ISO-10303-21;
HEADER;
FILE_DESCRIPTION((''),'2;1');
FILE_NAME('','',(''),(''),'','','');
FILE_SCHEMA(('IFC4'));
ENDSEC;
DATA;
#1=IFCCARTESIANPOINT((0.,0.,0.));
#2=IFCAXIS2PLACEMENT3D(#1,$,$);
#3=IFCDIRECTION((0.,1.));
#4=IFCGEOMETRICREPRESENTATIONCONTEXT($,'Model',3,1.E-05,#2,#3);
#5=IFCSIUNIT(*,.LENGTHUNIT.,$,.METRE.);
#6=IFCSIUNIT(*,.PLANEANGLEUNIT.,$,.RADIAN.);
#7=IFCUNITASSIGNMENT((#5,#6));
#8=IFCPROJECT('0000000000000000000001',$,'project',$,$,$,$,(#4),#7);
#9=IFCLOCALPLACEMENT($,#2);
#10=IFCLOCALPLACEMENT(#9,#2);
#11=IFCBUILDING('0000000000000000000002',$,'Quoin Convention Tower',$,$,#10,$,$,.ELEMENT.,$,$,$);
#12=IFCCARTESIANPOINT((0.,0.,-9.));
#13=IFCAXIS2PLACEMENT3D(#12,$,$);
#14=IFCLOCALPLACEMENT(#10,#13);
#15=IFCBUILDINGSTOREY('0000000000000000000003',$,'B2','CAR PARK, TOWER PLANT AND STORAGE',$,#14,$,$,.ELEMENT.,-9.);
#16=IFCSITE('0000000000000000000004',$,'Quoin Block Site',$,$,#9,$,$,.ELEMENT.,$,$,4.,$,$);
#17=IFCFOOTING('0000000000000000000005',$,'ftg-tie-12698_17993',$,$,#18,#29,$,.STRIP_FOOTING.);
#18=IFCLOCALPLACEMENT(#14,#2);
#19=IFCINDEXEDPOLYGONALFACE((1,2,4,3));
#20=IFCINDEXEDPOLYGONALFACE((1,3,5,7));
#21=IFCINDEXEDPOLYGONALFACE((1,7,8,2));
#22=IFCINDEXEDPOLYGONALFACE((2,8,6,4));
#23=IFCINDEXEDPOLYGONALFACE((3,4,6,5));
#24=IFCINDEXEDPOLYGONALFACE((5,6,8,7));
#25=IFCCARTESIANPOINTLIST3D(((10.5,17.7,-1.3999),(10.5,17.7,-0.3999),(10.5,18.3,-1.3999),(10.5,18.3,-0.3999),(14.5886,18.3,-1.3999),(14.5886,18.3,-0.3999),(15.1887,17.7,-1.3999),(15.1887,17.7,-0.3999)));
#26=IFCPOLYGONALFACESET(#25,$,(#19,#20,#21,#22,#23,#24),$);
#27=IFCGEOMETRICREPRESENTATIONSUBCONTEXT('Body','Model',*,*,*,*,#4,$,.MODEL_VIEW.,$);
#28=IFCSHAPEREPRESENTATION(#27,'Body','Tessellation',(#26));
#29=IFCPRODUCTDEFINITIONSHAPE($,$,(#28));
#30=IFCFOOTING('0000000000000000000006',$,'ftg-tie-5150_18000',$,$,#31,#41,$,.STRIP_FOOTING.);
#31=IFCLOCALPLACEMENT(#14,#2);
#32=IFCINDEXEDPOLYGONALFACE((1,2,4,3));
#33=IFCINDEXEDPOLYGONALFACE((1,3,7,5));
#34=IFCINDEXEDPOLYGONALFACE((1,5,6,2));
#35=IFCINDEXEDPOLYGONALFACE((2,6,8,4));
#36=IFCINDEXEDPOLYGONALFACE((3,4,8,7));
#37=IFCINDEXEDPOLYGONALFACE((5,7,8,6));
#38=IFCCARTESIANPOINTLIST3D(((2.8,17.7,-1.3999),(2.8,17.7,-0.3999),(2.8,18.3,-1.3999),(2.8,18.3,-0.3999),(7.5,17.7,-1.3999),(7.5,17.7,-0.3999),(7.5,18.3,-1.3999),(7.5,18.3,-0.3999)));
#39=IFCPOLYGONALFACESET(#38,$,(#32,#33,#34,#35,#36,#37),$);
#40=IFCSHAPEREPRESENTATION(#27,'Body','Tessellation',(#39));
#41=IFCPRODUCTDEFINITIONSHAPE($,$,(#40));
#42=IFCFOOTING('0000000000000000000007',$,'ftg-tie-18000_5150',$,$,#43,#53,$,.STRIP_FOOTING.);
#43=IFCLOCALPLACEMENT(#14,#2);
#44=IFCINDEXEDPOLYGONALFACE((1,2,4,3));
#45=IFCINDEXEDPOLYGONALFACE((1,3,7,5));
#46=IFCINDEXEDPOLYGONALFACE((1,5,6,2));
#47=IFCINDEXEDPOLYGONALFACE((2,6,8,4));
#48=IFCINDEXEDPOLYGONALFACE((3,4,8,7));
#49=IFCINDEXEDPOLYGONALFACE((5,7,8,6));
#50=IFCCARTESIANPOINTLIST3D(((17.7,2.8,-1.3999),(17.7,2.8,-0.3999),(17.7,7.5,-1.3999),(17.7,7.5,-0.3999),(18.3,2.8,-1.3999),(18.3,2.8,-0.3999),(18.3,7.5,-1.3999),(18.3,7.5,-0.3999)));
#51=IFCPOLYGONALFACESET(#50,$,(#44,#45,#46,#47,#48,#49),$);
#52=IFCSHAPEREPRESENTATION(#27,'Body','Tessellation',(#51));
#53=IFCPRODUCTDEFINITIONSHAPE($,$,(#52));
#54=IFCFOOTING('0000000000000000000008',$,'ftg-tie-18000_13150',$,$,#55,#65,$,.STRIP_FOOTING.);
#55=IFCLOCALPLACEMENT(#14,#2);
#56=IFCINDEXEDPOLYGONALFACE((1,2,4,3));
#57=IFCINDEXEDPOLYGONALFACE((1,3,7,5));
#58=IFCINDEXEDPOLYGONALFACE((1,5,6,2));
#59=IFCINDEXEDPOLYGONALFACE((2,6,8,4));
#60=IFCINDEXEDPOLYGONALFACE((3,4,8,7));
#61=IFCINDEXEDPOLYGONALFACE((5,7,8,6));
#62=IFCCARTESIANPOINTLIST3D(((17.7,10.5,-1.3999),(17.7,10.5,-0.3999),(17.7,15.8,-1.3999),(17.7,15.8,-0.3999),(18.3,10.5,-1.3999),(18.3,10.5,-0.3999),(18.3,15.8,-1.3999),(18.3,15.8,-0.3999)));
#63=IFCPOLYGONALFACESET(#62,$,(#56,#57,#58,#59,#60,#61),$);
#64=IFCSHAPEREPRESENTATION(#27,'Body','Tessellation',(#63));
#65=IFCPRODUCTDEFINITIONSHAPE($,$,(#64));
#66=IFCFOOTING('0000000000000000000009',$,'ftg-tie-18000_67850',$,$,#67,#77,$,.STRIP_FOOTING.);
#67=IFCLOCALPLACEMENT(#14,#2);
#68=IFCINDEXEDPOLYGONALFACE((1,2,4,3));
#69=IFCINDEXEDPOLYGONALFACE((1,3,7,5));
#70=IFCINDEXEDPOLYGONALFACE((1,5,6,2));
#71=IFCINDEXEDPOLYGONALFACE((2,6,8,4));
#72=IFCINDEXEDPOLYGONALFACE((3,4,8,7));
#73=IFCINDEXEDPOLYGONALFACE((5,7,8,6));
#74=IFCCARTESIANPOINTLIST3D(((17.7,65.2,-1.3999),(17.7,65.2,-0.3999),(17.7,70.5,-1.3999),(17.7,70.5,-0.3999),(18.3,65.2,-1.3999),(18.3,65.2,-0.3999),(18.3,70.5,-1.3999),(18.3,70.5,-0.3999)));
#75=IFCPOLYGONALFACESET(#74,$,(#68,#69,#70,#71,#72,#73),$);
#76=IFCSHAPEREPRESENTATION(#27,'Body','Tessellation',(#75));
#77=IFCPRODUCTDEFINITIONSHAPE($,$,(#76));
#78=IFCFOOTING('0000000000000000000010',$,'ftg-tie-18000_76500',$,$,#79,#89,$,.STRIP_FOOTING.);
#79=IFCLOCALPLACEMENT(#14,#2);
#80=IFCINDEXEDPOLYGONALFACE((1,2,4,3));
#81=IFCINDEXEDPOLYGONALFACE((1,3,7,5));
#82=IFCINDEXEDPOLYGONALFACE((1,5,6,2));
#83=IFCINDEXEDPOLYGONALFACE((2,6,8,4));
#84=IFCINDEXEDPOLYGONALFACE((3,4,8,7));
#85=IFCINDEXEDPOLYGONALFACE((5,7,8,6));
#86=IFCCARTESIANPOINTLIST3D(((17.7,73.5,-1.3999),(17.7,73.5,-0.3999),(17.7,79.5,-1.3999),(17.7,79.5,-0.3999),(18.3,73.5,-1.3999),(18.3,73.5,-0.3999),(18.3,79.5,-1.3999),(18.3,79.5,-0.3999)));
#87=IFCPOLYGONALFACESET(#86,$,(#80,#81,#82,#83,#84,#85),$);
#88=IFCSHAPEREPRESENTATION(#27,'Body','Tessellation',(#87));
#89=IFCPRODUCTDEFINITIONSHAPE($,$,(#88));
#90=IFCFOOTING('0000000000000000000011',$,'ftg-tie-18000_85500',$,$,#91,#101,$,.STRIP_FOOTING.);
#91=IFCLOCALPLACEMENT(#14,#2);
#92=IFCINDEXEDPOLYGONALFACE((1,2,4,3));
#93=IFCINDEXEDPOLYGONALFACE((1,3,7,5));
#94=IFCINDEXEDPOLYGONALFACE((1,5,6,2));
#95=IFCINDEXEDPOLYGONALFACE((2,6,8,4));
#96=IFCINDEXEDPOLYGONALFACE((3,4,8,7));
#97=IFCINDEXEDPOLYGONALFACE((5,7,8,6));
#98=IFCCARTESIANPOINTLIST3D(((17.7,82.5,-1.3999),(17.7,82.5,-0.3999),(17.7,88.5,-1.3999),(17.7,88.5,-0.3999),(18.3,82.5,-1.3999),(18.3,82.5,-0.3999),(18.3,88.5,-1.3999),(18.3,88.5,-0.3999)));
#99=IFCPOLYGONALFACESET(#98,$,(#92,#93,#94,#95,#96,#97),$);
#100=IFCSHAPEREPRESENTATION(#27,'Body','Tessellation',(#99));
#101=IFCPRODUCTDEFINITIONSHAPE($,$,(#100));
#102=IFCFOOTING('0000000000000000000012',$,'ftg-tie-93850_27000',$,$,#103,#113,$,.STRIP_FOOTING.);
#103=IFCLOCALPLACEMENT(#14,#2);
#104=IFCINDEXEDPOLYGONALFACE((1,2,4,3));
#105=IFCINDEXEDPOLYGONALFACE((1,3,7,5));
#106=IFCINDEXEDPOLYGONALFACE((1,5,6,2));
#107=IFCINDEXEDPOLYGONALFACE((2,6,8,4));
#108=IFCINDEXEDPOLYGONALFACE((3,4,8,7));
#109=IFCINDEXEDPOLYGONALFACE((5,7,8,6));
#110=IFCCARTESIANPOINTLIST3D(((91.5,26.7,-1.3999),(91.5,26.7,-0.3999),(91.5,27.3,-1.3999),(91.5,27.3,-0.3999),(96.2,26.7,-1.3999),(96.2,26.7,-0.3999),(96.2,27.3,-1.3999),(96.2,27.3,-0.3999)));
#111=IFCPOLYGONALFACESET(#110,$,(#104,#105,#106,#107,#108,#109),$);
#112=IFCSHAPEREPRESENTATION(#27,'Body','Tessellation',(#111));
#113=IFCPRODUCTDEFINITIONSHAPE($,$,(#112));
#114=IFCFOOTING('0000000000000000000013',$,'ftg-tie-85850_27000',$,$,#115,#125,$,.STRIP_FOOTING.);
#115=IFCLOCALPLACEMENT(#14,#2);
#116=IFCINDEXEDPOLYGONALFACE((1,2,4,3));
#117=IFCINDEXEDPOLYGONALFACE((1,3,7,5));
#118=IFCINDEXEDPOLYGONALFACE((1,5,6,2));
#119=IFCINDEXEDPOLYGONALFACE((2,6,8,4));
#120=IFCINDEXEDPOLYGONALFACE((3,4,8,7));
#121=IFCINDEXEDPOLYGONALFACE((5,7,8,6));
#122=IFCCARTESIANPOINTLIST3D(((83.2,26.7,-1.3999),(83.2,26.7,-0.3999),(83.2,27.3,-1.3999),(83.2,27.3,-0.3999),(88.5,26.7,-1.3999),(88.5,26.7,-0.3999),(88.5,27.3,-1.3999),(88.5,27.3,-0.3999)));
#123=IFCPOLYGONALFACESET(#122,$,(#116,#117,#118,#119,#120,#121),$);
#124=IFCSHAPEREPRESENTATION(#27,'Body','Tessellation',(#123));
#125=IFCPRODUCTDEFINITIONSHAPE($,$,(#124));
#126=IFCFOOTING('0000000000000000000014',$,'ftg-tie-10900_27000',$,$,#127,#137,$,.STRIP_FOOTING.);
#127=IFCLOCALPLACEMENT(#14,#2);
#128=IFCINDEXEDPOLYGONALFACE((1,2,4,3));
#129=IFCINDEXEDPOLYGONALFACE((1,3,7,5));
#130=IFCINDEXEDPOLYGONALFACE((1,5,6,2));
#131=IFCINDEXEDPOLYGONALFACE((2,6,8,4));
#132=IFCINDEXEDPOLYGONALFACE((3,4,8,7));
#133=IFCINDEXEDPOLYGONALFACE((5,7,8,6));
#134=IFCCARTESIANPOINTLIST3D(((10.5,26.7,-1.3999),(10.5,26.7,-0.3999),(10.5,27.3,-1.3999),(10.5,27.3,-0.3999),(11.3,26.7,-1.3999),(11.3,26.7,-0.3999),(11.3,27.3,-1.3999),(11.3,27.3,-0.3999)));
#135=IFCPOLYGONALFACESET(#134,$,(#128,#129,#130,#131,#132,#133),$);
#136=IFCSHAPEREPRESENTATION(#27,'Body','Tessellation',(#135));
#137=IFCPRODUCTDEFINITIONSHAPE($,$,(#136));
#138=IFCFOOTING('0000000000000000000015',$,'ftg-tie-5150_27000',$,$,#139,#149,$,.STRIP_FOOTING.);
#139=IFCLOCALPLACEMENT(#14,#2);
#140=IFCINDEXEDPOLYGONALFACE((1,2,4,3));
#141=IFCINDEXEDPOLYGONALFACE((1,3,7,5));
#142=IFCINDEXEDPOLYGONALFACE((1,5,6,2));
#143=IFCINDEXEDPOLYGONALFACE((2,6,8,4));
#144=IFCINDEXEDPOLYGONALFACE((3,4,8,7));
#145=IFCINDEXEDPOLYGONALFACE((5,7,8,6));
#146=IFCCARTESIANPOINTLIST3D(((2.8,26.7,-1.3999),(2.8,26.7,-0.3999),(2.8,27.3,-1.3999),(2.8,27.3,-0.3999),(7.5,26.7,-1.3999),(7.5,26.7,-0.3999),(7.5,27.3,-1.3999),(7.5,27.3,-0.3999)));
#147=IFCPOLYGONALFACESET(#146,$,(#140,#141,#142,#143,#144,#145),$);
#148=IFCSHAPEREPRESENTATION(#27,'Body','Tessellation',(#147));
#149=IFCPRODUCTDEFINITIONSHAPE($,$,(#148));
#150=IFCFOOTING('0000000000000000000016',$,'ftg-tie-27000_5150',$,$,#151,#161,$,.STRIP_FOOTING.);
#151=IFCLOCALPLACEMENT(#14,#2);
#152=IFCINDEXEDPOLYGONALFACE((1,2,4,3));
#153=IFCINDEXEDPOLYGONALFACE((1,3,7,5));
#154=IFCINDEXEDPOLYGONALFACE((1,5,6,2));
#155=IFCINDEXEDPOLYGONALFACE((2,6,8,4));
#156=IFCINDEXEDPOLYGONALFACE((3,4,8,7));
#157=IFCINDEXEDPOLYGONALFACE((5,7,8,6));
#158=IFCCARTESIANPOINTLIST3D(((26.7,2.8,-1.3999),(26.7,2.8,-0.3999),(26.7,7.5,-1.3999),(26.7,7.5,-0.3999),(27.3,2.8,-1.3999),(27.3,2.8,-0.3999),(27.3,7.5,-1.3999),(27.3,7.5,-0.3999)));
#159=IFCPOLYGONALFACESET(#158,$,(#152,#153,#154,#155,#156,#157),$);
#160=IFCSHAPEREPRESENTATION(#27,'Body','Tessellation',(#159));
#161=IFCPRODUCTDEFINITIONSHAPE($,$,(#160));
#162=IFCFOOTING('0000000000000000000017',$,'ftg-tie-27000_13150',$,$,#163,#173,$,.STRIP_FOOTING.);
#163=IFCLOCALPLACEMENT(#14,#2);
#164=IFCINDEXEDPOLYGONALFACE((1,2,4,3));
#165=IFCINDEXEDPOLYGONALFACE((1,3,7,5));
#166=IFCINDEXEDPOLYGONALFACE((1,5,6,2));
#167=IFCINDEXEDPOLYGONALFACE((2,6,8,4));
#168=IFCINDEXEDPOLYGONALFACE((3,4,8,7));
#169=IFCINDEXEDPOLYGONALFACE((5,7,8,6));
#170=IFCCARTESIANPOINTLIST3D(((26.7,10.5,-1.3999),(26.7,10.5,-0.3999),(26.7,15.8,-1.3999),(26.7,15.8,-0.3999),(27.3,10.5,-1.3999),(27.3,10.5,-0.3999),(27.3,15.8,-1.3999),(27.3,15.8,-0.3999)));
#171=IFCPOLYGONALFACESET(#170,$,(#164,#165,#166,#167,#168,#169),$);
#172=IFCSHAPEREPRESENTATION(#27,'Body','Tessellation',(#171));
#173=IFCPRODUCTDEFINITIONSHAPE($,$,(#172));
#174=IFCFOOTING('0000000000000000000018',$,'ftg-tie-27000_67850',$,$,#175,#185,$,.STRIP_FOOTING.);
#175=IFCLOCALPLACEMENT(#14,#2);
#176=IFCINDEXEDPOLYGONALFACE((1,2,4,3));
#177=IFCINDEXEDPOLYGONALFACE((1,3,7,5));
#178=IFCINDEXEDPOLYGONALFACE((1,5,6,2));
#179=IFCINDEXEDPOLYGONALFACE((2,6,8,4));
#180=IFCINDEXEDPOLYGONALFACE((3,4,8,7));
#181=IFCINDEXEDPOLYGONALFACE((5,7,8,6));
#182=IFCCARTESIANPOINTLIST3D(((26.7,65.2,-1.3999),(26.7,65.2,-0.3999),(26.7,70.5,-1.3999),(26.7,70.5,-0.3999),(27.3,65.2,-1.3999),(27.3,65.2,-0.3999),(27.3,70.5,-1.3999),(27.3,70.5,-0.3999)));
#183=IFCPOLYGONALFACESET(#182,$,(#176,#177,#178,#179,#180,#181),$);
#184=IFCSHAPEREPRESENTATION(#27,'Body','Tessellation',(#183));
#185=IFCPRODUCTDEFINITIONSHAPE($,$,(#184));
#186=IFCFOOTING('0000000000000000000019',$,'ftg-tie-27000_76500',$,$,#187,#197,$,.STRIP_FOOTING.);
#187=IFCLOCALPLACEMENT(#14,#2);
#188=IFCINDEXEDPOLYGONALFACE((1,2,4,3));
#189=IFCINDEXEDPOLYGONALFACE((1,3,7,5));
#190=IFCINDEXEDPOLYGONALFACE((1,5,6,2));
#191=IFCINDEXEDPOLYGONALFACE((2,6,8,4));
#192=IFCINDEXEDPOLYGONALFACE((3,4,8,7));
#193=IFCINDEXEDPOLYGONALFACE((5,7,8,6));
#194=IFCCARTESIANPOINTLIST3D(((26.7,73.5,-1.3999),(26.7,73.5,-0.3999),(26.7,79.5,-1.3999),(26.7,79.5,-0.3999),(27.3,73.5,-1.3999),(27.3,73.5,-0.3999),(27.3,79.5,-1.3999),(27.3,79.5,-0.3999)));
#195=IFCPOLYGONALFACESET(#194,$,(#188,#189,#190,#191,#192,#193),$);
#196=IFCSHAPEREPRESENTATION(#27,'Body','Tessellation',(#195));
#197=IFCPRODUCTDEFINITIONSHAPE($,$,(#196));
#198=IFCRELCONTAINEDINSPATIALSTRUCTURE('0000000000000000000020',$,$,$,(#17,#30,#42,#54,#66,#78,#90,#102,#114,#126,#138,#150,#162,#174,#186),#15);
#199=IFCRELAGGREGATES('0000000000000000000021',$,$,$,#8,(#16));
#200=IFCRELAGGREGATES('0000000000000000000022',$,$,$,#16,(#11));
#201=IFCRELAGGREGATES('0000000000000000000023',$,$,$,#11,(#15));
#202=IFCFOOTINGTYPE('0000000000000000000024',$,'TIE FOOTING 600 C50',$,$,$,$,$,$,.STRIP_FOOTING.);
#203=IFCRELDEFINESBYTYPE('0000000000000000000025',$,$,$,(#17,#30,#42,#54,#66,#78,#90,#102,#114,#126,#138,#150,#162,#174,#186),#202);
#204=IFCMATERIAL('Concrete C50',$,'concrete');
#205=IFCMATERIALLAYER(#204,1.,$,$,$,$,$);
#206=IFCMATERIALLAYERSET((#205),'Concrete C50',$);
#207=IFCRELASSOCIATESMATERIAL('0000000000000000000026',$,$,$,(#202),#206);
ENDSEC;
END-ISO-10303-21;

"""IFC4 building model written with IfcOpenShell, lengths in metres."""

from ifc_helpers import new_model, si_unit, direction, frame, origin, place, context, subcontext, project, spatial, polyline, outline, extrude, material, layer, layer_set, type_object, element, save


model = new_model("IFC4")

# Units and contexts
model_context = context("Model", 3, precision=1e-05, world=origin(), true_north=direction((0.0, 1.0)))
body_context = subcontext(model_context, "Body", "Model", "MODEL_VIEW")
ifc_project = project(units=[si_unit("LENGTHUNIT", "METRE"), si_unit("PLANEANGLEUNIT", "RADIAN")], contexts=[model_context])

# Site, building, storey
site_placement = place(None, origin())
site = spatial("IfcSite", under=ifc_project, at=site_placement, Name="Quoin Block Site", CompositionType="ELEMENT", RefElevation=4.0)
building_placement = place(site_placement, origin())
building = spatial("IfcBuilding", under=site, at=building_placement, Name="Quoin Convention Tower", CompositionType="ELEMENT")
storey_placement = place(building_placement, frame((0.0, 0.0, -9.0)))
storey = spatial("IfcBuildingStorey", under=building, at=storey_placement, Name="B2", Description="CAR PARK, TOWER PLANT AND STORAGE", CompositionType="ELEMENT", Elevation=-9.0)

# Footings
ifc_material = material(Name="Concrete C50", Category="concrete")
ifc_layer = layer(ifc_material, 1.0)
ifc_layer_set = layer_set([ifc_layer], Name="Concrete C50")
footing_type = type_object("IfcFootingType", Name="TIE FOOTING 600 C50", PredefinedType="STRIP_FOOTING", material=ifc_layer_set)
footing_1_placement = place(storey_placement, frame((0.0, 0.0, -1.3999)))
element("IfcFooting", 1, at=footing_1_placement, inside=storey, type_object=footing_type, Name="ftg-tie-12698_17993", PredefinedType="STRIP_FOOTING", context=body_context, shape_type="SweptSolid", body=[
    extrude(outline(polyline([(15.1887, 17.7), (10.5, 17.7), (10.5, 18.3), (14.5886, 18.3), (15.1887, 17.7)])), origin(), (0.0, 0.0, 1.0), 1.0),
])
footing_2_placement = place(storey_placement, frame((0.0, 0.0, -1.3999)))
element("IfcFooting", 2, at=footing_2_placement, inside=storey, type_object=footing_type, Name="ftg-tie-5150_18000", PredefinedType="STRIP_FOOTING", context=body_context, shape_type="SweptSolid", body=[
    extrude(outline(polyline([(7.5, 17.7), (2.8, 17.7), (2.8, 18.3), (7.5, 18.3), (7.5, 17.7)])), origin(), (0.0, 0.0, 1.0), 1.0),
])
footing_3_placement = place(storey_placement, frame((0.0, 0.0, -1.3999)))
element("IfcFooting", 3, at=footing_3_placement, inside=storey, type_object=footing_type, Name="ftg-tie-18000_5150", PredefinedType="STRIP_FOOTING", context=body_context, shape_type="SweptSolid", body=[
    extrude(outline(polyline([(17.7, 2.8), (17.7, 7.5), (18.3, 7.5), (18.3, 2.8), (17.7, 2.8)])), origin(), (0.0, 0.0, 1.0), 1.0),
])
footing_4_placement = place(storey_placement, frame((0.0, 0.0, -1.3999)))
element("IfcFooting", 4, at=footing_4_placement, inside=storey, type_object=footing_type, Name="ftg-tie-18000_13150", PredefinedType="STRIP_FOOTING", context=body_context, shape_type="SweptSolid", body=[
    extrude(outline(polyline([(17.7, 10.5), (17.7, 15.8), (18.3, 15.8), (18.3, 10.5), (17.7, 10.5)])), origin(), (0.0, 0.0, 1.0), 1.0),
])
footing_5_placement = place(storey_placement, frame((0.0, 0.0, -1.3999)))
element("IfcFooting", 5, at=footing_5_placement, inside=storey, type_object=footing_type, Name="ftg-tie-18000_67850", PredefinedType="STRIP_FOOTING", context=body_context, shape_type="SweptSolid", body=[
    extrude(outline(polyline([(17.7, 65.2), (17.7, 70.5), (18.3, 70.5), (18.3, 65.2), (17.7, 65.2)])), origin(), (0.0, 0.0, 1.0), 1.0),
])
footing_6_placement = place(storey_placement, frame((0.0, 0.0, -1.3999)))
element("IfcFooting", 6, at=footing_6_placement, inside=storey, type_object=footing_type, Name="ftg-tie-18000_76500", PredefinedType="STRIP_FOOTING", context=body_context, shape_type="SweptSolid", body=[
    extrude(outline(polyline([(17.7, 73.5), (17.7, 79.5), (18.3, 79.5), (18.3, 73.5), (17.7, 73.5)])), origin(), (0.0, 0.0, 1.0), 1.0),
])
footing_7_placement = place(storey_placement, frame((0.0, 0.0, -1.3999)))
element("IfcFooting", 7, at=footing_7_placement, inside=storey, type_object=footing_type, Name="ftg-tie-18000_85500", PredefinedType="STRIP_FOOTING", context=body_context, shape_type="SweptSolid", body=[
    extrude(outline(polyline([(17.7, 82.5), (17.7, 88.5), (18.3, 88.5), (18.3, 82.5), (17.7, 82.5)])), origin(), (0.0, 0.0, 1.0), 1.0),
])
footing_8_placement = place(storey_placement, frame((0.0, 0.0, -1.3999)))
element("IfcFooting", 8, at=footing_8_placement, inside=storey, type_object=footing_type, Name="ftg-tie-93850_27000", PredefinedType="STRIP_FOOTING", context=body_context, shape_type="SweptSolid", body=[
    extrude(outline(polyline([(91.5, 26.7), (91.5, 27.3), (96.2, 27.3), (96.2, 26.7), (91.5, 26.7)])), origin(), (0.0, 0.0, 1.0), 1.0),
])
footing_9_placement = place(storey_placement, frame((0.0, 0.0, -1.3999)))
element("IfcFooting", 9, at=footing_9_placement, inside=storey, type_object=footing_type, Name="ftg-tie-85850_27000", PredefinedType="STRIP_FOOTING", context=body_context, shape_type="SweptSolid", body=[
    extrude(outline(polyline([(83.2, 26.7), (83.2, 27.3), (88.5, 27.3), (88.5, 26.7), (83.2, 26.7)])), origin(), (0.0, 0.0, 1.0), 1.0),
])
footing_10_placement = place(storey_placement, frame((0.0, 0.0, -1.3999)))
element("IfcFooting", 10, at=footing_10_placement, inside=storey, type_object=footing_type, Name="ftg-tie-10900_27000", PredefinedType="STRIP_FOOTING", context=body_context, shape_type="SweptSolid", body=[
    extrude(outline(polyline([(10.5, 26.7), (10.5, 27.3), (11.3, 27.3), (11.3, 26.7), (10.5, 26.7)])), origin(), (0.0, 0.0, 1.0), 1.0),
])
footing_11_placement = place(storey_placement, frame((0.0, 0.0, -1.3999)))
element("IfcFooting", 11, at=footing_11_placement, inside=storey, type_object=footing_type, Name="ftg-tie-5150_27000", PredefinedType="STRIP_FOOTING", context=body_context, shape_type="SweptSolid", body=[
    extrude(outline(polyline([(2.8, 26.7), (2.8, 27.3), (7.5, 27.3), (7.5, 26.7), (2.8, 26.7)])), origin(), (0.0, 0.0, 1.0), 1.0),
])
footing_12_placement = place(storey_placement, frame((0.0, 0.0, -1.3999)))
element("IfcFooting", 12, at=footing_12_placement, inside=storey, type_object=footing_type, Name="ftg-tie-27000_5150", PredefinedType="STRIP_FOOTING", context=body_context, shape_type="SweptSolid", body=[
    extrude(outline(polyline([(26.7, 7.5), (27.3, 7.5), (27.3, 2.8), (26.7, 2.8), (26.7, 7.5)])), origin(), (0.0, 0.0, 1.0), 1.0),
])
footing_13_placement = place(storey_placement, frame((0.0, 0.0, -1.3999)))
element("IfcFooting", 13, at=footing_13_placement, inside=storey, type_object=footing_type, Name="ftg-tie-27000_13150", PredefinedType="STRIP_FOOTING", context=body_context, shape_type="SweptSolid", body=[
    extrude(outline(polyline([(26.7, 15.8), (27.3, 15.8), (27.3, 10.5), (26.7, 10.5), (26.7, 15.8)])), origin(), (0.0, 0.0, 1.0), 1.0),
])
footing_14_placement = place(storey_placement, frame((0.0, 0.0, -1.3999)))
element("IfcFooting", 14, at=footing_14_placement, inside=storey, type_object=footing_type, Name="ftg-tie-27000_67850", PredefinedType="STRIP_FOOTING", context=body_context, shape_type="SweptSolid", body=[
    extrude(outline(polyline([(26.7, 70.5), (27.3, 70.5), (27.3, 65.2), (26.7, 65.2), (26.7, 70.5)])), origin(), (0.0, 0.0, 1.0), 1.0),
])
footing_15_placement = place(storey_placement, frame((0.0, 0.0, -1.3999)))
element("IfcFooting", 15, at=footing_15_placement, inside=storey, type_object=footing_type, Name="ftg-tie-27000_76500", PredefinedType="STRIP_FOOTING", context=body_context, shape_type="SweptSolid", body=[
    extrude(outline(polyline([(26.7, 79.5), (27.3, 79.5), (27.3, 73.5), (26.7, 73.5), (26.7, 79.5)])), origin(), (0.0, 0.0, 1.0), 1.0),
])

save(model, "model.ifc")
